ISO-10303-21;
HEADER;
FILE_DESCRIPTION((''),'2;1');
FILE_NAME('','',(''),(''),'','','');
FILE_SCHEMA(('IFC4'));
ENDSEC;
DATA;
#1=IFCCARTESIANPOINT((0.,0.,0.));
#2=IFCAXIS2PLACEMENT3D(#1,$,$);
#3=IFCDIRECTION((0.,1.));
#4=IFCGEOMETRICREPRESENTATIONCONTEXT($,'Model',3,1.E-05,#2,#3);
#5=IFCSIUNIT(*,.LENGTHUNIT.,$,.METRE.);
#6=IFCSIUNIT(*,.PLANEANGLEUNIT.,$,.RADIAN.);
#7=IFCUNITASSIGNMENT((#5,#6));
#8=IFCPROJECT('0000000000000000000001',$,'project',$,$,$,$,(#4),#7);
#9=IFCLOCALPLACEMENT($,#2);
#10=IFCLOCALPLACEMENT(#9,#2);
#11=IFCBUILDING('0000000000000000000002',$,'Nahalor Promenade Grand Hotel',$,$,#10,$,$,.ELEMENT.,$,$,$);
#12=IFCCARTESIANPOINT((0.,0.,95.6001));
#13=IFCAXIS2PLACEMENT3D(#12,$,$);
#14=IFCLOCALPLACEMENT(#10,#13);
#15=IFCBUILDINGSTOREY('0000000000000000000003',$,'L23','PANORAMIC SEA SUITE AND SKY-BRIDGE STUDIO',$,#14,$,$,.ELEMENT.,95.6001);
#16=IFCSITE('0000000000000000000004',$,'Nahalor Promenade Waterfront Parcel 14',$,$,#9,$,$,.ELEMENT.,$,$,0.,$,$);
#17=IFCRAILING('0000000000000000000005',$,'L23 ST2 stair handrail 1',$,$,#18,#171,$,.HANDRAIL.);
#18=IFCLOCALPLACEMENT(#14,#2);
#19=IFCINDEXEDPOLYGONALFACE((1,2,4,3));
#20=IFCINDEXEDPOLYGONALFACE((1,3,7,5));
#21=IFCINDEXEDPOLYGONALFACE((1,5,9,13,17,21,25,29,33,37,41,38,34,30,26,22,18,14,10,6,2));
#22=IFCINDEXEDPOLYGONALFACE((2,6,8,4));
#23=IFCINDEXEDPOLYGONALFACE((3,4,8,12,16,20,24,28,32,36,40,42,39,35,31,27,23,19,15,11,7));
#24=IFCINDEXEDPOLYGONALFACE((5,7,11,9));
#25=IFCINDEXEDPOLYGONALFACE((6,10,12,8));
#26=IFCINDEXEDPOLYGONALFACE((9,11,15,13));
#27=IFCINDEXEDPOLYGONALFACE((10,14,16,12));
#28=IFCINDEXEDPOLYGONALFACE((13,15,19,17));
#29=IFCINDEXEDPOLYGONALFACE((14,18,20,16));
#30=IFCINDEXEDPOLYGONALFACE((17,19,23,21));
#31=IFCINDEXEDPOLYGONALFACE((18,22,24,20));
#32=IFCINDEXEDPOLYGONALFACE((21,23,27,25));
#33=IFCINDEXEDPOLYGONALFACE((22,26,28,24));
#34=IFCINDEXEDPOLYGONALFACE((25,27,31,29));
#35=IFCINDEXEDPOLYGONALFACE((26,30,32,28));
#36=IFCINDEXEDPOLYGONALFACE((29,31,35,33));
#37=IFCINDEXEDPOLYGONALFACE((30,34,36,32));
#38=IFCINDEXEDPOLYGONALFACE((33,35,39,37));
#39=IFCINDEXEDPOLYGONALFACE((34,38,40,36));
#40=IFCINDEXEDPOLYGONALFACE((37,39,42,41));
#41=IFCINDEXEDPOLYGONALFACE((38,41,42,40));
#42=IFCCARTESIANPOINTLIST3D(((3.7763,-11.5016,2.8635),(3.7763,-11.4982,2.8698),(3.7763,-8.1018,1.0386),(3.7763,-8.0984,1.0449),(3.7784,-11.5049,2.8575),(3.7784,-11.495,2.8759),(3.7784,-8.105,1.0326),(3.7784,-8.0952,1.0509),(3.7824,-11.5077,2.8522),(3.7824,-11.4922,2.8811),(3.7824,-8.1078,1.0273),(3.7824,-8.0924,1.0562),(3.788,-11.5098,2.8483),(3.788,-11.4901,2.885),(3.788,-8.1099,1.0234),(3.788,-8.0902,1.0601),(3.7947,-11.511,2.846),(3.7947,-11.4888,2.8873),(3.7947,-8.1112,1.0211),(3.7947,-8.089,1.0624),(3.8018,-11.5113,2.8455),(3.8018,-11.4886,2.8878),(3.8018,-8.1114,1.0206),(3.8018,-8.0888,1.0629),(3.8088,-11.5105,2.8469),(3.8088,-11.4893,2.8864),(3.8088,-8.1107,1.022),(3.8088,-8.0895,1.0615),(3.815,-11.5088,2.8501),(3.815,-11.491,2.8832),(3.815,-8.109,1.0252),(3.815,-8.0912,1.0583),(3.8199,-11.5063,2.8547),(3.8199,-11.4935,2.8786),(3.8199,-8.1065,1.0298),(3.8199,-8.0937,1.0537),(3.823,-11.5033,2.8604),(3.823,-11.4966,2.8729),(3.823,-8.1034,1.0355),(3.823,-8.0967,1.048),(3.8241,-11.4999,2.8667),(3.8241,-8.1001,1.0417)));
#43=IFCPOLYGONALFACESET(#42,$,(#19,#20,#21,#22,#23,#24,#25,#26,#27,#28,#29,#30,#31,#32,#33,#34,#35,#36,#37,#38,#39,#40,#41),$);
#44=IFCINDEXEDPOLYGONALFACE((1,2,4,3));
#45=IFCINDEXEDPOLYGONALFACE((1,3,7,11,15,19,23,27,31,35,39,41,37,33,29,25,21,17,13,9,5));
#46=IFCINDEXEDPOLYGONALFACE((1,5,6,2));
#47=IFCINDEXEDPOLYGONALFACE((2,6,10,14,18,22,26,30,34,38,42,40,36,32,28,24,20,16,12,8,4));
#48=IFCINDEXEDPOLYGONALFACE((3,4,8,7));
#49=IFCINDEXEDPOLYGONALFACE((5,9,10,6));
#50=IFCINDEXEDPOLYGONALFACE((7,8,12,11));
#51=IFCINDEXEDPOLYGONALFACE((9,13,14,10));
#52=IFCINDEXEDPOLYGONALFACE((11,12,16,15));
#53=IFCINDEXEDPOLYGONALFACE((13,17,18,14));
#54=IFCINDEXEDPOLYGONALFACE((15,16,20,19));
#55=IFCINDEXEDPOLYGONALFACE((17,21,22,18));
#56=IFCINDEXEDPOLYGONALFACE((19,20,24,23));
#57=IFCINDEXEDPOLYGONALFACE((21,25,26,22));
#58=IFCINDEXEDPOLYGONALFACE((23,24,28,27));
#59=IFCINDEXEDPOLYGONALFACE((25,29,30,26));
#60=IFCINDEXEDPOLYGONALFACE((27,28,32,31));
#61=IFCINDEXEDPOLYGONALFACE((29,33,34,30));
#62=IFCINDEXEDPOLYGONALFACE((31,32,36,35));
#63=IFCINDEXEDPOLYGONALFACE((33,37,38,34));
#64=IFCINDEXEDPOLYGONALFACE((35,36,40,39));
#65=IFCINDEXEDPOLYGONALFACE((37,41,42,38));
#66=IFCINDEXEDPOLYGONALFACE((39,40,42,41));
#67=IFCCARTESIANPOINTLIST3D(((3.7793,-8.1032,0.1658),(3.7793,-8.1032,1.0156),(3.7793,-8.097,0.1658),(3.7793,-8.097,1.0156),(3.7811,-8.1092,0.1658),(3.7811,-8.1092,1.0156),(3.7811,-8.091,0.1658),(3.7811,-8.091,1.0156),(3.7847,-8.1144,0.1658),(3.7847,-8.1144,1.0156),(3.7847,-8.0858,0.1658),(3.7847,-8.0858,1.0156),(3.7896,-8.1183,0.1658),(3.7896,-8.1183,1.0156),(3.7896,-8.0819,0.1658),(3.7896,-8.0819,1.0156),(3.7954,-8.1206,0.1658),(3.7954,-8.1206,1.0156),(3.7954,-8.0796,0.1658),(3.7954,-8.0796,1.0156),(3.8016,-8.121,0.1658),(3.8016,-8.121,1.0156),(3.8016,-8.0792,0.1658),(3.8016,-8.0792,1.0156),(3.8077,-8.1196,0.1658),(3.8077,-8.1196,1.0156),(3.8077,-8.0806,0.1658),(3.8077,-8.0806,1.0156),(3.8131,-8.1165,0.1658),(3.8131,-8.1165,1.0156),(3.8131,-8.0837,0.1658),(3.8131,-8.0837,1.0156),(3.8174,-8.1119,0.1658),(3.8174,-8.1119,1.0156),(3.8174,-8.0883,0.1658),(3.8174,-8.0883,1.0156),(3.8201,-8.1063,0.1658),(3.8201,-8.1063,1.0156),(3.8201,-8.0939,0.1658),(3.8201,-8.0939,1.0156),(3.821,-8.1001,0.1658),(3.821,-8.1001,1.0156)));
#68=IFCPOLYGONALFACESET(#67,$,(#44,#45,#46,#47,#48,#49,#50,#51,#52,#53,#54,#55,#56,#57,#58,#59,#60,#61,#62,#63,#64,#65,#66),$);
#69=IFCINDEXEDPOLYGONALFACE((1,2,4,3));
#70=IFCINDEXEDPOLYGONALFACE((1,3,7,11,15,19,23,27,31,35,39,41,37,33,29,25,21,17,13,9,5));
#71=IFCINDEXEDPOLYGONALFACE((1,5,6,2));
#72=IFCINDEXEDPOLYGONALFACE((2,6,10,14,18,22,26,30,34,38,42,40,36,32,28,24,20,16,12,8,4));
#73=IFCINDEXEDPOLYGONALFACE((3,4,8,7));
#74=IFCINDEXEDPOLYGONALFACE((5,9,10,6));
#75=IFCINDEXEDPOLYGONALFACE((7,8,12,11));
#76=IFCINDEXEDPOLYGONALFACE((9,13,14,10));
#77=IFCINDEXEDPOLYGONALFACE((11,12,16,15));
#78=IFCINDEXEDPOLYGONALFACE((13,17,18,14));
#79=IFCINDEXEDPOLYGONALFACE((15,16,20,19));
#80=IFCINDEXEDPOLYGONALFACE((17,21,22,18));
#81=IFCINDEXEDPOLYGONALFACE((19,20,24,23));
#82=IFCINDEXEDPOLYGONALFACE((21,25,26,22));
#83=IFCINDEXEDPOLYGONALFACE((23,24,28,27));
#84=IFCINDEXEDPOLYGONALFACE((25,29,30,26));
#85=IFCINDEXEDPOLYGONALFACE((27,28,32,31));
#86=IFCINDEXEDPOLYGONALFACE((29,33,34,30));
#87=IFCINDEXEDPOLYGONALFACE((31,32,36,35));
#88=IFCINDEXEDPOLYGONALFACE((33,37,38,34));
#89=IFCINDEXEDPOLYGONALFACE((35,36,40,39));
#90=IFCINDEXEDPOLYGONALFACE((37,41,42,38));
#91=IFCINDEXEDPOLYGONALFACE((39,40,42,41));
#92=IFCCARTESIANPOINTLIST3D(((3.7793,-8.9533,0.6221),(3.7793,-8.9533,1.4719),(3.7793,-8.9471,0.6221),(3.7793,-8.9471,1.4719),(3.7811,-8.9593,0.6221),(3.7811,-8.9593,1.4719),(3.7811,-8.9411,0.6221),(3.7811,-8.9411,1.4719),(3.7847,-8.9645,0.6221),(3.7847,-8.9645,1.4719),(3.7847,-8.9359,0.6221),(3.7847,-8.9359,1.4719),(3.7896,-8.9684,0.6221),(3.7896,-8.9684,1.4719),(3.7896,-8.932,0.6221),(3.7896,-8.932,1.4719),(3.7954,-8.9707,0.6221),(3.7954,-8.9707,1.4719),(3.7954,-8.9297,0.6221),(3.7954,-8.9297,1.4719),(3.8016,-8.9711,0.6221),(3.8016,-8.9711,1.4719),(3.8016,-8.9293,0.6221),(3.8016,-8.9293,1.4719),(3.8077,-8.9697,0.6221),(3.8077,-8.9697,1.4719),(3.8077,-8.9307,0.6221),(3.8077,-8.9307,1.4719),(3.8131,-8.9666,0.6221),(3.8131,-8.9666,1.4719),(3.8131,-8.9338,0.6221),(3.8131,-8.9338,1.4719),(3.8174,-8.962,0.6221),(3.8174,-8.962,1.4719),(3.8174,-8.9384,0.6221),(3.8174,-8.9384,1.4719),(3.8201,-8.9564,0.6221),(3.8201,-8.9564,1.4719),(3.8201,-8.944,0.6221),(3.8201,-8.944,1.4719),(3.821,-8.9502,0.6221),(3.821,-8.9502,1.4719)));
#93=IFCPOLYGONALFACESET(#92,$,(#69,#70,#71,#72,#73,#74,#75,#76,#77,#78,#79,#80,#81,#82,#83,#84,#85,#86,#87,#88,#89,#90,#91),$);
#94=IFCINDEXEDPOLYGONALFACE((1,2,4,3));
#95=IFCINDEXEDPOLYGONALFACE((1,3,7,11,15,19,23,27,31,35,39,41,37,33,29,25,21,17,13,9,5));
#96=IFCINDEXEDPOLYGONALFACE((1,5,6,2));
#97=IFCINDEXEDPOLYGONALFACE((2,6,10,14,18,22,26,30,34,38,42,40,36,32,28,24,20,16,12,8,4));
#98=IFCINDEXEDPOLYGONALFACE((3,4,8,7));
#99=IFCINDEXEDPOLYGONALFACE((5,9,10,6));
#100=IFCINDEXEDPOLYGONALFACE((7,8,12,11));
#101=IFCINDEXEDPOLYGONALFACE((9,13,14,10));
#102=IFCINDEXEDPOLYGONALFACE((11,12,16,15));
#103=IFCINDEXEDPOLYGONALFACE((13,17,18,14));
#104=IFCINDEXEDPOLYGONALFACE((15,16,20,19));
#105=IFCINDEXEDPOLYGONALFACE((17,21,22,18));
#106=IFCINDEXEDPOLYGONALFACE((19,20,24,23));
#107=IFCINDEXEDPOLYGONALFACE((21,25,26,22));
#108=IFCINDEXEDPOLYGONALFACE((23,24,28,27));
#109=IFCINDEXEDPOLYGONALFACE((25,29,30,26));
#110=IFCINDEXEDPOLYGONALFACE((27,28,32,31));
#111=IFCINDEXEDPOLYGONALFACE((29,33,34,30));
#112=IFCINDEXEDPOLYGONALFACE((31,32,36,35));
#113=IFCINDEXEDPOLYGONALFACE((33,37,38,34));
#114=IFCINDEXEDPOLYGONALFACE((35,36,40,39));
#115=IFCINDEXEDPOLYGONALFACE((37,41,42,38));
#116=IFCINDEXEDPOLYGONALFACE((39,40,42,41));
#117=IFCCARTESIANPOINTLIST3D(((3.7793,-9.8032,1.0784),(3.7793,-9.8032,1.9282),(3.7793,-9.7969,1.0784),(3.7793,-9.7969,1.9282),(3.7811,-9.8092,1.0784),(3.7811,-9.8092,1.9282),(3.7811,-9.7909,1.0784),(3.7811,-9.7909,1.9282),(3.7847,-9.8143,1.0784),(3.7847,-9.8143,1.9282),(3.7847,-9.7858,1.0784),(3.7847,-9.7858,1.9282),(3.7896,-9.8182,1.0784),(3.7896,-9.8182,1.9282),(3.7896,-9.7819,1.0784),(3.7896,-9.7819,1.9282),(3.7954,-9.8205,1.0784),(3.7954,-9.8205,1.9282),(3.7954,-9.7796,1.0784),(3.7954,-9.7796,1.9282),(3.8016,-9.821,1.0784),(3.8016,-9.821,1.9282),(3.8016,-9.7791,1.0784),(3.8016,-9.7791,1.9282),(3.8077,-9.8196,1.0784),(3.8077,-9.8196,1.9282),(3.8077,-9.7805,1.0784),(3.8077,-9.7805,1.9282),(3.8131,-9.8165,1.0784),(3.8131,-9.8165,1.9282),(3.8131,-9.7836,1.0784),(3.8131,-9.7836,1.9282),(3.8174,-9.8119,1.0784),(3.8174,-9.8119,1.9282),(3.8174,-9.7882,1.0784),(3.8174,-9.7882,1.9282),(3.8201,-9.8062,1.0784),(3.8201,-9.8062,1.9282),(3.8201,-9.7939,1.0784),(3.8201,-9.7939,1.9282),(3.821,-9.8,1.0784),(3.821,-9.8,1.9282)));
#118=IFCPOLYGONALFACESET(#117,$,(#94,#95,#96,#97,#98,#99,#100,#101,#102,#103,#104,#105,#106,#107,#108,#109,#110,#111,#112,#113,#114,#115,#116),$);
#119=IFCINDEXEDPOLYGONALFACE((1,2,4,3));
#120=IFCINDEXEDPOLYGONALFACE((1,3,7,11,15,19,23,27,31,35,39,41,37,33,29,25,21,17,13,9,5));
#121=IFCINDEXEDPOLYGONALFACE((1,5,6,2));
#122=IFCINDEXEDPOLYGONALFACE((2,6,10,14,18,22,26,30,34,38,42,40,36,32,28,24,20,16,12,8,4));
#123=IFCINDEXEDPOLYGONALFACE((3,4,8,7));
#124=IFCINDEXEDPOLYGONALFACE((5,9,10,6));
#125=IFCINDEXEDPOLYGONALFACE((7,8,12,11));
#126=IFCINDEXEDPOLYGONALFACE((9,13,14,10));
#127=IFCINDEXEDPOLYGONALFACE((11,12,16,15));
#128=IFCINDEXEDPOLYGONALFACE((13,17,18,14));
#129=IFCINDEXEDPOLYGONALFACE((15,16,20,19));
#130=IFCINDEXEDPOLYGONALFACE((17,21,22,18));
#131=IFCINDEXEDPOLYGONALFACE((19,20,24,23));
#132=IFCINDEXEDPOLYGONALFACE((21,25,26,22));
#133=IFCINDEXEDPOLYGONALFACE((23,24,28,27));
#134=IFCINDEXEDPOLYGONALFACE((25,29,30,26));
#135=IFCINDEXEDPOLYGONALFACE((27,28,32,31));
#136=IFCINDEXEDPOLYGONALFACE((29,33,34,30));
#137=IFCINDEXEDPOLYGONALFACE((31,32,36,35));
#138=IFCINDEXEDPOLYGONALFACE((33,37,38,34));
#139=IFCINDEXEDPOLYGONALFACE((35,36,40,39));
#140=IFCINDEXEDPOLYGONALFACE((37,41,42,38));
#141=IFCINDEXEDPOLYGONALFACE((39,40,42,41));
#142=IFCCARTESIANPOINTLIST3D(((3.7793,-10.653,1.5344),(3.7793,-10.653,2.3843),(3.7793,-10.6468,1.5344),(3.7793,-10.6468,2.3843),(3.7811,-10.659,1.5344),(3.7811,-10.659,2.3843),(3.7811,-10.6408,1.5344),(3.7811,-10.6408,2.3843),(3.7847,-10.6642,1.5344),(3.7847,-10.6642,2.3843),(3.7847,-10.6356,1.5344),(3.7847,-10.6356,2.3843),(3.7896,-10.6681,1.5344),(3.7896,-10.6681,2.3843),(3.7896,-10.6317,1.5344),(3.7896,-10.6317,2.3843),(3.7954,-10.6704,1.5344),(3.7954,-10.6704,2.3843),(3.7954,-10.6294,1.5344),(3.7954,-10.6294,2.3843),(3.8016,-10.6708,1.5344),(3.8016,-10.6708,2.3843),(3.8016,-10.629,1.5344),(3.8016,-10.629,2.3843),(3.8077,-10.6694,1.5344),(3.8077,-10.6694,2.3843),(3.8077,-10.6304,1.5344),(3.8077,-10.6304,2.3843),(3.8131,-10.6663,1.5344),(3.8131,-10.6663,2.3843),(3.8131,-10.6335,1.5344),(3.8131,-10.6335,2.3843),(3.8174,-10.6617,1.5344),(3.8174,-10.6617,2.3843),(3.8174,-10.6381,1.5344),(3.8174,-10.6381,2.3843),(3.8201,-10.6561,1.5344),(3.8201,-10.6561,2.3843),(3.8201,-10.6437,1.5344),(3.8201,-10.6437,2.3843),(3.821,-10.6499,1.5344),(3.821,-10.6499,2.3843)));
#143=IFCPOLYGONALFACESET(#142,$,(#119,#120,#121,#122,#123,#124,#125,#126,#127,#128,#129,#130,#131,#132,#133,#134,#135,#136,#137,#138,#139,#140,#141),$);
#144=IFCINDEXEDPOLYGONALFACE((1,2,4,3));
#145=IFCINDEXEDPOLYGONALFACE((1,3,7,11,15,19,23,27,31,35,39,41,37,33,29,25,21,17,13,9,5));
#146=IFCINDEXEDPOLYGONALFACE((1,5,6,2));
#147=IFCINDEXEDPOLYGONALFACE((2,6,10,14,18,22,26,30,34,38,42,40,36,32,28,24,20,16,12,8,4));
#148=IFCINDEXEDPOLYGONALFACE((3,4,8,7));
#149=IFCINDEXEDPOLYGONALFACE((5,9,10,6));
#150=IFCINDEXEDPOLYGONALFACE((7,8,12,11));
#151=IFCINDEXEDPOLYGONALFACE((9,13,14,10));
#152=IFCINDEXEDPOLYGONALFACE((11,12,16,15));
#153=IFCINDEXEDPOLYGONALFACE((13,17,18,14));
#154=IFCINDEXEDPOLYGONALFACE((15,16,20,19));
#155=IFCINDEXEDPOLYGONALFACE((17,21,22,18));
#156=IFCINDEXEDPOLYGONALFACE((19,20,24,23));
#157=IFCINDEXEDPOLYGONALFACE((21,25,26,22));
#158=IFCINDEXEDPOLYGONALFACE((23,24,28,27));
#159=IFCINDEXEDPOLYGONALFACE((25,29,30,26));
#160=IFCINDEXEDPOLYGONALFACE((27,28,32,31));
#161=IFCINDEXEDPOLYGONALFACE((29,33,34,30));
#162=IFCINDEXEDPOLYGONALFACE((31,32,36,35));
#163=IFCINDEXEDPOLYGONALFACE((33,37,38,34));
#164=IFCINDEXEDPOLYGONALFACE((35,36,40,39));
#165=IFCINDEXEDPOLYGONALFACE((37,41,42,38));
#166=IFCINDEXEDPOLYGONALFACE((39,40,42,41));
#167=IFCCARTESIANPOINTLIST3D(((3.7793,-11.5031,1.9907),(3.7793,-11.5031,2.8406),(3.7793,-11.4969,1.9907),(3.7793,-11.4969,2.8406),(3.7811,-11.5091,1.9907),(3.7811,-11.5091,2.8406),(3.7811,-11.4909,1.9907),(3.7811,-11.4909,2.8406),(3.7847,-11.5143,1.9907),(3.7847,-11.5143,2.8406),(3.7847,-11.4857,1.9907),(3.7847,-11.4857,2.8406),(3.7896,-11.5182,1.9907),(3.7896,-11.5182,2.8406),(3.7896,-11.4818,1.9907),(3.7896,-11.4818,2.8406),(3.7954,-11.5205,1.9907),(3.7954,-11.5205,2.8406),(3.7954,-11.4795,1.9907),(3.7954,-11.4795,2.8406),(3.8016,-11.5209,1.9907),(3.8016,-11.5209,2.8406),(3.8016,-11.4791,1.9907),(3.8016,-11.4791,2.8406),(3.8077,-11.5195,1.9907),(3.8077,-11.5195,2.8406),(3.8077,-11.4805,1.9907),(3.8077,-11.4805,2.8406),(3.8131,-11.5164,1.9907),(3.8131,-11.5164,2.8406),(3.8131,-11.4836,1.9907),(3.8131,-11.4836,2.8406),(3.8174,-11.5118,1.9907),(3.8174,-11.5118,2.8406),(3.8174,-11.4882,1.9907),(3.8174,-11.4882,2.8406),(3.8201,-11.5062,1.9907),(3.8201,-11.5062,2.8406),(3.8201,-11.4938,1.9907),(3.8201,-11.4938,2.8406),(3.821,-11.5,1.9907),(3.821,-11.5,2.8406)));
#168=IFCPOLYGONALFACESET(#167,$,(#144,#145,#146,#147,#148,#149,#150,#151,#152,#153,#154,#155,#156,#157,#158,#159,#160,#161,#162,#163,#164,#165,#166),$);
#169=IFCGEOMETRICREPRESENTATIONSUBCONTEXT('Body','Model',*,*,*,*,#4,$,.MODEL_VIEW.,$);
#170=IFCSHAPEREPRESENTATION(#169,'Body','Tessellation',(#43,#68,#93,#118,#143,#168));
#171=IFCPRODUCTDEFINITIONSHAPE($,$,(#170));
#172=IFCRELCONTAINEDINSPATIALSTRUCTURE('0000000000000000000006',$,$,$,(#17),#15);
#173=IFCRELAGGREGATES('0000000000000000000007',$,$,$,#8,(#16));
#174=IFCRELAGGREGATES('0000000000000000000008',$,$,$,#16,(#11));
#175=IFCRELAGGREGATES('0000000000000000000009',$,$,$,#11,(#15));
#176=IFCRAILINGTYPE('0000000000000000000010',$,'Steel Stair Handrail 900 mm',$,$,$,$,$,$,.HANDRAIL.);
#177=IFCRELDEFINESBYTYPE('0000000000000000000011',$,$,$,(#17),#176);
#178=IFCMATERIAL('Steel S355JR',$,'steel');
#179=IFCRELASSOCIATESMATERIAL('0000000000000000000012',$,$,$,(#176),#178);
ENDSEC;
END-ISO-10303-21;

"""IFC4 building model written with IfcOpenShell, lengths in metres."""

from ifc_helpers import new_model, si_unit, direction, frame, origin, origin_2d, place, context, subcontext, project, spatial, circle, extrude, material, type_object, element, save


model = new_model("IFC4")

# Units and contexts
model_context = context("Model", 3, precision=1e-05, world=origin(), true_north=direction((0.0, 1.0)))
body_context = subcontext(model_context, "Body", "Model", "MODEL_VIEW")
ifc_project = project(units=[si_unit("LENGTHUNIT", "METRE"), si_unit("PLANEANGLEUNIT", "RADIAN")], contexts=[model_context])

# Site, building, storey
site_placement = place(None, origin())
site = spatial("IfcSite", under=ifc_project, at=site_placement, Name="Nahalor Promenade Waterfront Parcel 14", CompositionType="ELEMENT", RefElevation=0.0)
building_placement = place(site_placement, origin())
building = spatial("IfcBuilding", under=site, at=building_placement, Name="Nahalor Promenade Grand Hotel", CompositionType="ELEMENT")
storey_placement = place(building_placement, frame((0.0, 0.0, 95.6001)))
storey = spatial("IfcBuildingStorey", under=building, at=storey_placement, Name="L23", Description="PANORAMIC SEA SUITE AND SKY-BRIDGE STUDIO", CompositionType="ELEMENT", Elevation=95.6001)

# Shared definitions
ifc_material_1 = material(Name="Steel S355JR", Category="steel")

# Railing
railing_type_1 = type_object("IfcRailingType", Name="Steel Stair Handrail 900 mm", PredefinedType="HANDRAIL", material=ifc_material_1)
railing_1_placement = place(storey_placement, frame((3.8, -8.1001, 0.1658)))
element("IfcRailing", 1, at=railing_1_placement, inside=storey, type_object=railing_type_1, Name="L23 ST2 stair handrail 1", PredefinedType="HANDRAIL", context=body_context, shape_type="SweptSolid", body=[
    extrude(circle(Radius=0.024, at=origin_2d()), frame((0.0, 0.0, 0.876), z_axis=(0.0, -0.881094, 0.472941), x_axis=(1.0, 0.0, 0.0)), (0.0, 0.0, 1.0), 3.8586),
    extrude(circle(Radius=0.021, at=origin_2d()), origin(), (0.0, 0.0, 1.0), 0.8499),
    extrude(circle(Radius=0.021, at=origin_2d()), frame((0.0, -0.8501, 0.4563)), (0.0, 0.0, 1.0), 0.8499),
    extrude(circle(Radius=0.021, at=origin_2d()), frame((0.0, -1.7, 0.9126)), (0.0, 0.0, 1.0), 0.8499),
    extrude(circle(Radius=0.021, at=origin_2d()), frame((0.0, -2.5498, 1.3687)), (0.0, 0.0, 1.0), 0.8499),
    extrude(circle(Radius=0.021, at=origin_2d()), frame((0.0, -3.3999, 1.825)), (0.0, 0.0, 1.0), 0.8499),
])

save(model, "model.ifc")
